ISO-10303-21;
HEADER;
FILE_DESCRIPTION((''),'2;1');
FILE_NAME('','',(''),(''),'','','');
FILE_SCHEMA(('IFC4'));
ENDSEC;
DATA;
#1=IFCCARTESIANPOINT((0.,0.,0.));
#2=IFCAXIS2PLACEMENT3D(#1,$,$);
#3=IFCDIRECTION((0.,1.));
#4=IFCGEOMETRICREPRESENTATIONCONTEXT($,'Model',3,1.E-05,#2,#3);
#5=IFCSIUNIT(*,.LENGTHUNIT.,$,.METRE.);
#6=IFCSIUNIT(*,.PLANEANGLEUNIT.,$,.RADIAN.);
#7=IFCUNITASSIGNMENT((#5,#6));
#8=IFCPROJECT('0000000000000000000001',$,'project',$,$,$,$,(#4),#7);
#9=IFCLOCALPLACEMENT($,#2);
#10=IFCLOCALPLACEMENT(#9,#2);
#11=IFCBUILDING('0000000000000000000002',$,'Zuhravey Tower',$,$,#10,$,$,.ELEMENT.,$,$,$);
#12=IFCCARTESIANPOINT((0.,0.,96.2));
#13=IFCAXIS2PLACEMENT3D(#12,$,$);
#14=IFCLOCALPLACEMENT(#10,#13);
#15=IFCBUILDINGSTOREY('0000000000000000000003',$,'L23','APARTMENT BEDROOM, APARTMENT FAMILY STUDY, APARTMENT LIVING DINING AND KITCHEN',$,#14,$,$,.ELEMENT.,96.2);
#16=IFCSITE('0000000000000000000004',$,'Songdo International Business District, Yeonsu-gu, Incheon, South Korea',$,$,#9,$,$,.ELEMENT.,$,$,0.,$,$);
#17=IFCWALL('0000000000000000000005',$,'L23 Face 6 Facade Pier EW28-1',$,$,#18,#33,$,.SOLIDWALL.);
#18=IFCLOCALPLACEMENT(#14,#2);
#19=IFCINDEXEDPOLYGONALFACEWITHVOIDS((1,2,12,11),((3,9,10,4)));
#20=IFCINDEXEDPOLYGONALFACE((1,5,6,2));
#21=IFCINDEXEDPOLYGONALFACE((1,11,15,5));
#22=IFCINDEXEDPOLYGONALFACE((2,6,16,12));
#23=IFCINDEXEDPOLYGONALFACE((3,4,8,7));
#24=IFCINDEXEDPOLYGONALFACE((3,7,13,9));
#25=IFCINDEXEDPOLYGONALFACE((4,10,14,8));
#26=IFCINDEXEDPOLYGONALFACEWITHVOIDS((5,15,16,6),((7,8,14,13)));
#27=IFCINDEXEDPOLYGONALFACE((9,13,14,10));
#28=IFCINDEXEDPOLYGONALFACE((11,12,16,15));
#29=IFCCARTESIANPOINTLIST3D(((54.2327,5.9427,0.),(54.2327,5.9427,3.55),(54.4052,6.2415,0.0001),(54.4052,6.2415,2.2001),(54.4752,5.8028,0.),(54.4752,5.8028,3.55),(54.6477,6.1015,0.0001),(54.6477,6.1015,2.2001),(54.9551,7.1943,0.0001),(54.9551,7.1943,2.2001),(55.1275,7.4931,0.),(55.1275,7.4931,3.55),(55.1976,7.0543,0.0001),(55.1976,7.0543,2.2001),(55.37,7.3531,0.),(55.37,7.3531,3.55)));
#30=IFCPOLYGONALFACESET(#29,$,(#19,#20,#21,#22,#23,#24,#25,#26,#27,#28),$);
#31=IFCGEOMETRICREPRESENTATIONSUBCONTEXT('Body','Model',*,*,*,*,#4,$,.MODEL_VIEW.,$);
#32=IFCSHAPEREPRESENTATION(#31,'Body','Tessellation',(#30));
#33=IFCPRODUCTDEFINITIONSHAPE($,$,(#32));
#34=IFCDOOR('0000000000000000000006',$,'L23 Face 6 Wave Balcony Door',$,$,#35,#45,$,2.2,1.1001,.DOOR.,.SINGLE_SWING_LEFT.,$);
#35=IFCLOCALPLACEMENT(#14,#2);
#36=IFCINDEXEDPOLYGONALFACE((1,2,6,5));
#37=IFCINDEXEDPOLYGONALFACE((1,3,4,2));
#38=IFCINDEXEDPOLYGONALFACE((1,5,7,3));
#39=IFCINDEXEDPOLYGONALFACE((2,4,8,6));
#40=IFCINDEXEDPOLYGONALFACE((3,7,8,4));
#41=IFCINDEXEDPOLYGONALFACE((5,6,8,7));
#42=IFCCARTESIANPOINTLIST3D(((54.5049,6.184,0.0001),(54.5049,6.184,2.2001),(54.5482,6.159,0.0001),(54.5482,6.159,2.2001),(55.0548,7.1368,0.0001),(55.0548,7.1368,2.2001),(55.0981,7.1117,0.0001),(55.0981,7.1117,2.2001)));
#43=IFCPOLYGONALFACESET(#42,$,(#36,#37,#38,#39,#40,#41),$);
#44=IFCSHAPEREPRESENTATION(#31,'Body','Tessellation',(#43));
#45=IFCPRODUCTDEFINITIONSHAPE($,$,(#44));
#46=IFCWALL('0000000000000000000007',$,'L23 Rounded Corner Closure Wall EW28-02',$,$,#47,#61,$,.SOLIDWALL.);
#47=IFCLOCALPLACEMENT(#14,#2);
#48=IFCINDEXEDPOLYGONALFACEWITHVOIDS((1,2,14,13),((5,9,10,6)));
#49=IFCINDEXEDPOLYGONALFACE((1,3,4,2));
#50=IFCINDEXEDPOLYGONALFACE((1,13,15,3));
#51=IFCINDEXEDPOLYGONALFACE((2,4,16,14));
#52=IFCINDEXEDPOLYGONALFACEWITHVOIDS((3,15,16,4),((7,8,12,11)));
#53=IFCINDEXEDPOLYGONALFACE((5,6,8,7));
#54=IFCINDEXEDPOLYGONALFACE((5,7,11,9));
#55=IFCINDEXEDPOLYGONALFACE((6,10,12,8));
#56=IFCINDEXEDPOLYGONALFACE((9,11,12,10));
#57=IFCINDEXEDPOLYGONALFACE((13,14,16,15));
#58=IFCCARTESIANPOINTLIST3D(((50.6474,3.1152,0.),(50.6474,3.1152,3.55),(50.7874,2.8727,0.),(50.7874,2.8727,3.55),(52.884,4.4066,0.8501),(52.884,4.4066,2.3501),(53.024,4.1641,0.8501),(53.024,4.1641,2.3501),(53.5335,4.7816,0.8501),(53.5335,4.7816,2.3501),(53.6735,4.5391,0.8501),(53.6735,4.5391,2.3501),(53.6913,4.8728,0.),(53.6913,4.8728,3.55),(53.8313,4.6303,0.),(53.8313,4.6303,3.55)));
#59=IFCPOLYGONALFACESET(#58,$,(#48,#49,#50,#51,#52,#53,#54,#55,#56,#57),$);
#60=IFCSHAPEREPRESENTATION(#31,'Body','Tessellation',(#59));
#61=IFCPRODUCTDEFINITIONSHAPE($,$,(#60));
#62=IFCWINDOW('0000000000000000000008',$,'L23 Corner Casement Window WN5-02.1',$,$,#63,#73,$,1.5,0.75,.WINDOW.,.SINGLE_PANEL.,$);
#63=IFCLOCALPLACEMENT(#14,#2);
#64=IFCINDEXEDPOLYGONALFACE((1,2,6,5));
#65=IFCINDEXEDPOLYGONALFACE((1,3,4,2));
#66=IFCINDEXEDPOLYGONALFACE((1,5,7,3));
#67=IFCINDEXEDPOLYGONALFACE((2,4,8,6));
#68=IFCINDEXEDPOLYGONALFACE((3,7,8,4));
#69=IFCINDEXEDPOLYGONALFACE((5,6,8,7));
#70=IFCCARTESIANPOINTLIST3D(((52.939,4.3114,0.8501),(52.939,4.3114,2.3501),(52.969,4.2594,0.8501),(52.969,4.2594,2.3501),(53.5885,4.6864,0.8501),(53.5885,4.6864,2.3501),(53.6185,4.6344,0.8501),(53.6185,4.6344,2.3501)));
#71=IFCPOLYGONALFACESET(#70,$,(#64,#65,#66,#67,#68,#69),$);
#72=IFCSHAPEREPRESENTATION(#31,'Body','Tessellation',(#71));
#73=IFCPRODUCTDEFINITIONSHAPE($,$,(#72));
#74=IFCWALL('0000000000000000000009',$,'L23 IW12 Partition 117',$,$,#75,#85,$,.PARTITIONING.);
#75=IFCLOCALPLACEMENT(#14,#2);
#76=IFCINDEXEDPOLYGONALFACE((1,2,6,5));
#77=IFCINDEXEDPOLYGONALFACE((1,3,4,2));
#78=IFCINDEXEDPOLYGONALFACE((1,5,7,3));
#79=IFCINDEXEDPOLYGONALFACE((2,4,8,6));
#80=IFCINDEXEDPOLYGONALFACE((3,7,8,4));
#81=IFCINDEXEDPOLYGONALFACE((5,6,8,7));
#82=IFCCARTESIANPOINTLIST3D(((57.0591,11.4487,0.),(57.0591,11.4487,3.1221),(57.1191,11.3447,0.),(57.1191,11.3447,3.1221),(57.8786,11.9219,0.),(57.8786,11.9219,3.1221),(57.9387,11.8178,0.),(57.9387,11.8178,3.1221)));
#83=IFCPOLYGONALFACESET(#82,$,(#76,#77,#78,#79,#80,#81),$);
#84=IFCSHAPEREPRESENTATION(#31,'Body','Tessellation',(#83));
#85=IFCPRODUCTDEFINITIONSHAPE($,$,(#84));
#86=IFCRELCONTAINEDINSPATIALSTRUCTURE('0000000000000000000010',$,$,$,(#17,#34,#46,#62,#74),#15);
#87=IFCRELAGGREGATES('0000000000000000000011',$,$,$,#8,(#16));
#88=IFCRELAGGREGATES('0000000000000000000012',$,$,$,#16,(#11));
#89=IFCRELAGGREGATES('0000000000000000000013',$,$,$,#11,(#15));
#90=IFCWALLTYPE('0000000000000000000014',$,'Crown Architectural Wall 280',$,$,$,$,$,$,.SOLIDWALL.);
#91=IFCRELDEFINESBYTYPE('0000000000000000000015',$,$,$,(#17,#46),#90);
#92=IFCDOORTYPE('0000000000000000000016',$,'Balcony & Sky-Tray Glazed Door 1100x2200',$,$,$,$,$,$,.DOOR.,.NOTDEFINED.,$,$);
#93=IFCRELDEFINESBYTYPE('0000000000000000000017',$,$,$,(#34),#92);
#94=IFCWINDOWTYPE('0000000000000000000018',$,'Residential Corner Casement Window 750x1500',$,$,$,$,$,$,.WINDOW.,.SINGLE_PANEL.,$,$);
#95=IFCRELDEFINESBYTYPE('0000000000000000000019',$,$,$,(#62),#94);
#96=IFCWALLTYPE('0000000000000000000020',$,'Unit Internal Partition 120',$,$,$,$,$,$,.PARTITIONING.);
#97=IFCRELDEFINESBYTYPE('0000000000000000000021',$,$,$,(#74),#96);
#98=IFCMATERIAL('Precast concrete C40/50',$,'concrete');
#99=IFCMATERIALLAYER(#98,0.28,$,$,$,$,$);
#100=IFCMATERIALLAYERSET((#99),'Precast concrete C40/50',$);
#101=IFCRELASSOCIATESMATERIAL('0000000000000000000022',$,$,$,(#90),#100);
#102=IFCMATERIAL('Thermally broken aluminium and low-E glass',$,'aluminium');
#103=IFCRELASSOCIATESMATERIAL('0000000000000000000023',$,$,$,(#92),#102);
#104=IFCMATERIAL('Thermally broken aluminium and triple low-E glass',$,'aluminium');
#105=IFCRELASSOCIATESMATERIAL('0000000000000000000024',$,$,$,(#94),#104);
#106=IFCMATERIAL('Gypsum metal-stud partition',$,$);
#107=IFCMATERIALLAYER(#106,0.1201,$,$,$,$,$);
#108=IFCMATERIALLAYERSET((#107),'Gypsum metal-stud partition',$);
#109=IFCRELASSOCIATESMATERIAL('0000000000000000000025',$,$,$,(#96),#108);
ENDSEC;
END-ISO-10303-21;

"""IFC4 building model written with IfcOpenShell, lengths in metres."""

from ifc_helpers import new_model, si_unit, direction, frame, frame_2d, origin, place, context, subcontext, project, spatial, rectangle, extrude, material, layer, layer_set, type_object, element, fill, save


model = new_model("IFC4")

# Units and contexts
model_context = context("Model", 3, precision=1e-05, world=origin(), true_north=direction((0.0, 1.0)))
body_context = subcontext(model_context, "Body", "Model", "MODEL_VIEW")
ifc_project = project(units=[si_unit("LENGTHUNIT", "METRE"), si_unit("PLANEANGLEUNIT", "RADIAN")], contexts=[model_context])

# Site, building, storey
site_placement = place(None, origin())
site = spatial("IfcSite", under=ifc_project, at=site_placement, Name="Songdo International Business District, Yeonsu-gu, Incheon, South Korea", CompositionType="ELEMENT", RefElevation=0.0)
building_placement = place(site_placement, origin())
building = spatial("IfcBuilding", under=site, at=building_placement, Name="Zuhravey Tower", CompositionType="ELEMENT")
storey_placement = place(building_placement, frame((0.0, 0.0, 96.2)))
storey = spatial("IfcBuildingStorey", under=building, at=storey_placement, Name="L23", Description="APARTMENT BEDROOM, APARTMENT FAMILY STUDY, APARTMENT LIVING DINING AND KITCHEN", CompositionType="ELEMENT", Elevation=96.2)

# Wall, opening, door
ifc_material_1 = material(Name="Precast concrete C40/50", Category="concrete")
ifc_layer_1 = layer(ifc_material_1, 0.28)
ifc_layer_set_1 = layer_set([ifc_layer_1], Name="Precast concrete C40/50")
wall_type_1 = type_object("IfcWallType", Name="Crown Architectural Wall 280", PredefinedType="SOLIDWALL", material=ifc_layer_set_1)
wall_1_placement = place(storey_placement, frame((55.2488, 7.4231, 0.0), z_axis=(0.0, 0.0, 1.0), x_axis=(-0.49988, -0.866095, 0.0)))
wall_1 = element("IfcWall", 1, at=wall_1_placement, inside=storey, type_object=wall_type_1, Name="L23 Face 6 Facade Pier EW28-1", PredefinedType="SOLIDWALL", context=body_context, shape_type="SweptSolid", body=[
    extrude(rectangle(XDim=1.79, YDim=0.28, at=frame_2d((0.895, 0.0))), origin(), (0.0, 0.0, 1.0), 3.55),
])
opening_1_placement = place(wall_1_placement, frame((0.345, 0.0, 0.0)))
opening_1 = element("IfcOpeningElement", 2, at=opening_1_placement, cuts=wall_1, PredefinedType="OPENING", context=body_context, shape_type="SweptSolid", body=[
    extrude(rectangle(XDim=1.1001, YDim=2.2, at=frame_2d((0.55, 1.1001))), frame((0.0, 0.1521, 0.0), z_axis=(0.0, -1.0, 0.0), x_axis=(1.0, 0.0, 0.0)), (0.0, 0.0, 1.0), 0.304),
])
ifc_material_2 = material(Name="Thermally broken aluminium and low-E glass", Category="aluminium")
door_type = type_object("IfcDoorType", Name="Balcony & Sky-Tray Glazed Door 1100x2200", OperationType="NOTDEFINED", PredefinedType="DOOR", material=ifc_material_2)
door_placement = place(opening_1_placement, frame((1.1001, 0.0, 0.0), z_axis=(0.0, 0.0, 1.0), x_axis=(-1.0, 0.0, 0.0)))
door = element("IfcDoor", 3, at=door_placement, inside=storey, type_object=door_type, Name="L23 Face 6 Wave Balcony Door", OperationType="SINGLE_SWING_LEFT", OverallHeight=2.2, OverallWidth=1.1001, PredefinedType="DOOR", context=body_context, shape_type="SweptSolid", body=[
    extrude(rectangle(XDim=1.1001, YDim=2.2, at=frame_2d((0.55, 1.1001))), frame((0.0, 0.0249, 0.0), z_axis=(0.0, -1.0, 0.0), x_axis=(1.0, 0.0, 0.0)), (0.0, 0.0, 1.0), 0.05),
])
fill(opening_1, door)

# Wall, opening, window
wall_2_placement = place(storey_placement, frame((53.7612, 4.7515, 0.0), z_axis=(0.0, 0.0, 1.0), x_axis=(-0.866007, -0.500031, 0.0)))
wall_2 = element("IfcWall", 4, at=wall_2_placement, inside=storey, type_object=wall_type_1, Name="L23 Rounded Corner Closure Wall EW28-02", PredefinedType="SOLIDWALL", context=body_context, shape_type="SweptSolid", body=[
    extrude(rectangle(XDim=3.5149, YDim=0.28, at=frame_2d((1.7573, 0.0))), origin(), (0.0, 0.0, 1.0), 3.55),
])
opening_2_placement = place(wall_2_placement, frame((0.1821, 0.0, 0.8501)))
opening_2 = element("IfcOpeningElement", 5, at=opening_2_placement, cuts=wall_2, PredefinedType="OPENING", context=body_context, shape_type="SweptSolid", body=[
    extrude(rectangle(XDim=0.75, YDim=1.5, at=frame_2d((0.375, 0.75))), frame((0.0, 0.1521, 0.0), z_axis=(0.0, -1.0, 0.0), x_axis=(1.0, 0.0, 0.0)), (0.0, 0.0, 1.0), 0.304),
])
ifc_material_3 = material(Name="Thermally broken aluminium and triple low-E glass", Category="aluminium")
window_type = type_object("IfcWindowType", Name="Residential Corner Casement Window 750x1500", PartitioningType="SINGLE_PANEL", PredefinedType="WINDOW", material=ifc_material_3)
window_placement = place(opening_2_placement, origin())
window = element("IfcWindow", 6, at=window_placement, inside=storey, type_object=window_type, Name="L23 Corner Casement Window WN5-02.1", OverallHeight=1.5, OverallWidth=0.75, PartitioningType="SINGLE_PANEL", PredefinedType="WINDOW", context=body_context, shape_type="SweptSolid", body=[
    extrude(rectangle(XDim=0.75, YDim=1.5, at=frame_2d((0.375, 0.75))), frame((0.0, 0.03, 0.0), z_axis=(0.0, -1.0, 0.0), x_axis=(1.0, 0.0, 0.0)), (0.0, 0.0, 1.0), 0.0601),
])
fill(opening_2, window)

# Wall
ifc_material_4 = material(Name="Gypsum metal-stud partition")
ifc_layer_2 = layer(ifc_material_4, 0.1201)
ifc_layer_set_2 = layer_set([ifc_layer_2], Name="Gypsum metal-stud partition")
wall_type_2 = type_object("IfcWallType", Name="Unit Internal Partition 120", PredefinedType="PARTITIONING", material=ifc_layer_set_2)
wall_3_placement = place(storey_placement, frame((57.0891, 11.3967, 0.0), z_axis=(0.0, 0.0, 1.0), x_axis=(0.866044, 0.499968, 0.0)))
element("IfcWall", 7, at=wall_3_placement, inside=storey, type_object=wall_type_2, Name="L23 IW12 Partition 117", PredefinedType="PARTITIONING", context=body_context, shape_type="SweptSolid", body=[
    extrude(rectangle(XDim=0.9463, YDim=0.1201, at=frame_2d((0.4731, 0.0))), origin(), (0.0, 0.0, 1.0), 3.1221),
])

save(model, "model.ifc")
